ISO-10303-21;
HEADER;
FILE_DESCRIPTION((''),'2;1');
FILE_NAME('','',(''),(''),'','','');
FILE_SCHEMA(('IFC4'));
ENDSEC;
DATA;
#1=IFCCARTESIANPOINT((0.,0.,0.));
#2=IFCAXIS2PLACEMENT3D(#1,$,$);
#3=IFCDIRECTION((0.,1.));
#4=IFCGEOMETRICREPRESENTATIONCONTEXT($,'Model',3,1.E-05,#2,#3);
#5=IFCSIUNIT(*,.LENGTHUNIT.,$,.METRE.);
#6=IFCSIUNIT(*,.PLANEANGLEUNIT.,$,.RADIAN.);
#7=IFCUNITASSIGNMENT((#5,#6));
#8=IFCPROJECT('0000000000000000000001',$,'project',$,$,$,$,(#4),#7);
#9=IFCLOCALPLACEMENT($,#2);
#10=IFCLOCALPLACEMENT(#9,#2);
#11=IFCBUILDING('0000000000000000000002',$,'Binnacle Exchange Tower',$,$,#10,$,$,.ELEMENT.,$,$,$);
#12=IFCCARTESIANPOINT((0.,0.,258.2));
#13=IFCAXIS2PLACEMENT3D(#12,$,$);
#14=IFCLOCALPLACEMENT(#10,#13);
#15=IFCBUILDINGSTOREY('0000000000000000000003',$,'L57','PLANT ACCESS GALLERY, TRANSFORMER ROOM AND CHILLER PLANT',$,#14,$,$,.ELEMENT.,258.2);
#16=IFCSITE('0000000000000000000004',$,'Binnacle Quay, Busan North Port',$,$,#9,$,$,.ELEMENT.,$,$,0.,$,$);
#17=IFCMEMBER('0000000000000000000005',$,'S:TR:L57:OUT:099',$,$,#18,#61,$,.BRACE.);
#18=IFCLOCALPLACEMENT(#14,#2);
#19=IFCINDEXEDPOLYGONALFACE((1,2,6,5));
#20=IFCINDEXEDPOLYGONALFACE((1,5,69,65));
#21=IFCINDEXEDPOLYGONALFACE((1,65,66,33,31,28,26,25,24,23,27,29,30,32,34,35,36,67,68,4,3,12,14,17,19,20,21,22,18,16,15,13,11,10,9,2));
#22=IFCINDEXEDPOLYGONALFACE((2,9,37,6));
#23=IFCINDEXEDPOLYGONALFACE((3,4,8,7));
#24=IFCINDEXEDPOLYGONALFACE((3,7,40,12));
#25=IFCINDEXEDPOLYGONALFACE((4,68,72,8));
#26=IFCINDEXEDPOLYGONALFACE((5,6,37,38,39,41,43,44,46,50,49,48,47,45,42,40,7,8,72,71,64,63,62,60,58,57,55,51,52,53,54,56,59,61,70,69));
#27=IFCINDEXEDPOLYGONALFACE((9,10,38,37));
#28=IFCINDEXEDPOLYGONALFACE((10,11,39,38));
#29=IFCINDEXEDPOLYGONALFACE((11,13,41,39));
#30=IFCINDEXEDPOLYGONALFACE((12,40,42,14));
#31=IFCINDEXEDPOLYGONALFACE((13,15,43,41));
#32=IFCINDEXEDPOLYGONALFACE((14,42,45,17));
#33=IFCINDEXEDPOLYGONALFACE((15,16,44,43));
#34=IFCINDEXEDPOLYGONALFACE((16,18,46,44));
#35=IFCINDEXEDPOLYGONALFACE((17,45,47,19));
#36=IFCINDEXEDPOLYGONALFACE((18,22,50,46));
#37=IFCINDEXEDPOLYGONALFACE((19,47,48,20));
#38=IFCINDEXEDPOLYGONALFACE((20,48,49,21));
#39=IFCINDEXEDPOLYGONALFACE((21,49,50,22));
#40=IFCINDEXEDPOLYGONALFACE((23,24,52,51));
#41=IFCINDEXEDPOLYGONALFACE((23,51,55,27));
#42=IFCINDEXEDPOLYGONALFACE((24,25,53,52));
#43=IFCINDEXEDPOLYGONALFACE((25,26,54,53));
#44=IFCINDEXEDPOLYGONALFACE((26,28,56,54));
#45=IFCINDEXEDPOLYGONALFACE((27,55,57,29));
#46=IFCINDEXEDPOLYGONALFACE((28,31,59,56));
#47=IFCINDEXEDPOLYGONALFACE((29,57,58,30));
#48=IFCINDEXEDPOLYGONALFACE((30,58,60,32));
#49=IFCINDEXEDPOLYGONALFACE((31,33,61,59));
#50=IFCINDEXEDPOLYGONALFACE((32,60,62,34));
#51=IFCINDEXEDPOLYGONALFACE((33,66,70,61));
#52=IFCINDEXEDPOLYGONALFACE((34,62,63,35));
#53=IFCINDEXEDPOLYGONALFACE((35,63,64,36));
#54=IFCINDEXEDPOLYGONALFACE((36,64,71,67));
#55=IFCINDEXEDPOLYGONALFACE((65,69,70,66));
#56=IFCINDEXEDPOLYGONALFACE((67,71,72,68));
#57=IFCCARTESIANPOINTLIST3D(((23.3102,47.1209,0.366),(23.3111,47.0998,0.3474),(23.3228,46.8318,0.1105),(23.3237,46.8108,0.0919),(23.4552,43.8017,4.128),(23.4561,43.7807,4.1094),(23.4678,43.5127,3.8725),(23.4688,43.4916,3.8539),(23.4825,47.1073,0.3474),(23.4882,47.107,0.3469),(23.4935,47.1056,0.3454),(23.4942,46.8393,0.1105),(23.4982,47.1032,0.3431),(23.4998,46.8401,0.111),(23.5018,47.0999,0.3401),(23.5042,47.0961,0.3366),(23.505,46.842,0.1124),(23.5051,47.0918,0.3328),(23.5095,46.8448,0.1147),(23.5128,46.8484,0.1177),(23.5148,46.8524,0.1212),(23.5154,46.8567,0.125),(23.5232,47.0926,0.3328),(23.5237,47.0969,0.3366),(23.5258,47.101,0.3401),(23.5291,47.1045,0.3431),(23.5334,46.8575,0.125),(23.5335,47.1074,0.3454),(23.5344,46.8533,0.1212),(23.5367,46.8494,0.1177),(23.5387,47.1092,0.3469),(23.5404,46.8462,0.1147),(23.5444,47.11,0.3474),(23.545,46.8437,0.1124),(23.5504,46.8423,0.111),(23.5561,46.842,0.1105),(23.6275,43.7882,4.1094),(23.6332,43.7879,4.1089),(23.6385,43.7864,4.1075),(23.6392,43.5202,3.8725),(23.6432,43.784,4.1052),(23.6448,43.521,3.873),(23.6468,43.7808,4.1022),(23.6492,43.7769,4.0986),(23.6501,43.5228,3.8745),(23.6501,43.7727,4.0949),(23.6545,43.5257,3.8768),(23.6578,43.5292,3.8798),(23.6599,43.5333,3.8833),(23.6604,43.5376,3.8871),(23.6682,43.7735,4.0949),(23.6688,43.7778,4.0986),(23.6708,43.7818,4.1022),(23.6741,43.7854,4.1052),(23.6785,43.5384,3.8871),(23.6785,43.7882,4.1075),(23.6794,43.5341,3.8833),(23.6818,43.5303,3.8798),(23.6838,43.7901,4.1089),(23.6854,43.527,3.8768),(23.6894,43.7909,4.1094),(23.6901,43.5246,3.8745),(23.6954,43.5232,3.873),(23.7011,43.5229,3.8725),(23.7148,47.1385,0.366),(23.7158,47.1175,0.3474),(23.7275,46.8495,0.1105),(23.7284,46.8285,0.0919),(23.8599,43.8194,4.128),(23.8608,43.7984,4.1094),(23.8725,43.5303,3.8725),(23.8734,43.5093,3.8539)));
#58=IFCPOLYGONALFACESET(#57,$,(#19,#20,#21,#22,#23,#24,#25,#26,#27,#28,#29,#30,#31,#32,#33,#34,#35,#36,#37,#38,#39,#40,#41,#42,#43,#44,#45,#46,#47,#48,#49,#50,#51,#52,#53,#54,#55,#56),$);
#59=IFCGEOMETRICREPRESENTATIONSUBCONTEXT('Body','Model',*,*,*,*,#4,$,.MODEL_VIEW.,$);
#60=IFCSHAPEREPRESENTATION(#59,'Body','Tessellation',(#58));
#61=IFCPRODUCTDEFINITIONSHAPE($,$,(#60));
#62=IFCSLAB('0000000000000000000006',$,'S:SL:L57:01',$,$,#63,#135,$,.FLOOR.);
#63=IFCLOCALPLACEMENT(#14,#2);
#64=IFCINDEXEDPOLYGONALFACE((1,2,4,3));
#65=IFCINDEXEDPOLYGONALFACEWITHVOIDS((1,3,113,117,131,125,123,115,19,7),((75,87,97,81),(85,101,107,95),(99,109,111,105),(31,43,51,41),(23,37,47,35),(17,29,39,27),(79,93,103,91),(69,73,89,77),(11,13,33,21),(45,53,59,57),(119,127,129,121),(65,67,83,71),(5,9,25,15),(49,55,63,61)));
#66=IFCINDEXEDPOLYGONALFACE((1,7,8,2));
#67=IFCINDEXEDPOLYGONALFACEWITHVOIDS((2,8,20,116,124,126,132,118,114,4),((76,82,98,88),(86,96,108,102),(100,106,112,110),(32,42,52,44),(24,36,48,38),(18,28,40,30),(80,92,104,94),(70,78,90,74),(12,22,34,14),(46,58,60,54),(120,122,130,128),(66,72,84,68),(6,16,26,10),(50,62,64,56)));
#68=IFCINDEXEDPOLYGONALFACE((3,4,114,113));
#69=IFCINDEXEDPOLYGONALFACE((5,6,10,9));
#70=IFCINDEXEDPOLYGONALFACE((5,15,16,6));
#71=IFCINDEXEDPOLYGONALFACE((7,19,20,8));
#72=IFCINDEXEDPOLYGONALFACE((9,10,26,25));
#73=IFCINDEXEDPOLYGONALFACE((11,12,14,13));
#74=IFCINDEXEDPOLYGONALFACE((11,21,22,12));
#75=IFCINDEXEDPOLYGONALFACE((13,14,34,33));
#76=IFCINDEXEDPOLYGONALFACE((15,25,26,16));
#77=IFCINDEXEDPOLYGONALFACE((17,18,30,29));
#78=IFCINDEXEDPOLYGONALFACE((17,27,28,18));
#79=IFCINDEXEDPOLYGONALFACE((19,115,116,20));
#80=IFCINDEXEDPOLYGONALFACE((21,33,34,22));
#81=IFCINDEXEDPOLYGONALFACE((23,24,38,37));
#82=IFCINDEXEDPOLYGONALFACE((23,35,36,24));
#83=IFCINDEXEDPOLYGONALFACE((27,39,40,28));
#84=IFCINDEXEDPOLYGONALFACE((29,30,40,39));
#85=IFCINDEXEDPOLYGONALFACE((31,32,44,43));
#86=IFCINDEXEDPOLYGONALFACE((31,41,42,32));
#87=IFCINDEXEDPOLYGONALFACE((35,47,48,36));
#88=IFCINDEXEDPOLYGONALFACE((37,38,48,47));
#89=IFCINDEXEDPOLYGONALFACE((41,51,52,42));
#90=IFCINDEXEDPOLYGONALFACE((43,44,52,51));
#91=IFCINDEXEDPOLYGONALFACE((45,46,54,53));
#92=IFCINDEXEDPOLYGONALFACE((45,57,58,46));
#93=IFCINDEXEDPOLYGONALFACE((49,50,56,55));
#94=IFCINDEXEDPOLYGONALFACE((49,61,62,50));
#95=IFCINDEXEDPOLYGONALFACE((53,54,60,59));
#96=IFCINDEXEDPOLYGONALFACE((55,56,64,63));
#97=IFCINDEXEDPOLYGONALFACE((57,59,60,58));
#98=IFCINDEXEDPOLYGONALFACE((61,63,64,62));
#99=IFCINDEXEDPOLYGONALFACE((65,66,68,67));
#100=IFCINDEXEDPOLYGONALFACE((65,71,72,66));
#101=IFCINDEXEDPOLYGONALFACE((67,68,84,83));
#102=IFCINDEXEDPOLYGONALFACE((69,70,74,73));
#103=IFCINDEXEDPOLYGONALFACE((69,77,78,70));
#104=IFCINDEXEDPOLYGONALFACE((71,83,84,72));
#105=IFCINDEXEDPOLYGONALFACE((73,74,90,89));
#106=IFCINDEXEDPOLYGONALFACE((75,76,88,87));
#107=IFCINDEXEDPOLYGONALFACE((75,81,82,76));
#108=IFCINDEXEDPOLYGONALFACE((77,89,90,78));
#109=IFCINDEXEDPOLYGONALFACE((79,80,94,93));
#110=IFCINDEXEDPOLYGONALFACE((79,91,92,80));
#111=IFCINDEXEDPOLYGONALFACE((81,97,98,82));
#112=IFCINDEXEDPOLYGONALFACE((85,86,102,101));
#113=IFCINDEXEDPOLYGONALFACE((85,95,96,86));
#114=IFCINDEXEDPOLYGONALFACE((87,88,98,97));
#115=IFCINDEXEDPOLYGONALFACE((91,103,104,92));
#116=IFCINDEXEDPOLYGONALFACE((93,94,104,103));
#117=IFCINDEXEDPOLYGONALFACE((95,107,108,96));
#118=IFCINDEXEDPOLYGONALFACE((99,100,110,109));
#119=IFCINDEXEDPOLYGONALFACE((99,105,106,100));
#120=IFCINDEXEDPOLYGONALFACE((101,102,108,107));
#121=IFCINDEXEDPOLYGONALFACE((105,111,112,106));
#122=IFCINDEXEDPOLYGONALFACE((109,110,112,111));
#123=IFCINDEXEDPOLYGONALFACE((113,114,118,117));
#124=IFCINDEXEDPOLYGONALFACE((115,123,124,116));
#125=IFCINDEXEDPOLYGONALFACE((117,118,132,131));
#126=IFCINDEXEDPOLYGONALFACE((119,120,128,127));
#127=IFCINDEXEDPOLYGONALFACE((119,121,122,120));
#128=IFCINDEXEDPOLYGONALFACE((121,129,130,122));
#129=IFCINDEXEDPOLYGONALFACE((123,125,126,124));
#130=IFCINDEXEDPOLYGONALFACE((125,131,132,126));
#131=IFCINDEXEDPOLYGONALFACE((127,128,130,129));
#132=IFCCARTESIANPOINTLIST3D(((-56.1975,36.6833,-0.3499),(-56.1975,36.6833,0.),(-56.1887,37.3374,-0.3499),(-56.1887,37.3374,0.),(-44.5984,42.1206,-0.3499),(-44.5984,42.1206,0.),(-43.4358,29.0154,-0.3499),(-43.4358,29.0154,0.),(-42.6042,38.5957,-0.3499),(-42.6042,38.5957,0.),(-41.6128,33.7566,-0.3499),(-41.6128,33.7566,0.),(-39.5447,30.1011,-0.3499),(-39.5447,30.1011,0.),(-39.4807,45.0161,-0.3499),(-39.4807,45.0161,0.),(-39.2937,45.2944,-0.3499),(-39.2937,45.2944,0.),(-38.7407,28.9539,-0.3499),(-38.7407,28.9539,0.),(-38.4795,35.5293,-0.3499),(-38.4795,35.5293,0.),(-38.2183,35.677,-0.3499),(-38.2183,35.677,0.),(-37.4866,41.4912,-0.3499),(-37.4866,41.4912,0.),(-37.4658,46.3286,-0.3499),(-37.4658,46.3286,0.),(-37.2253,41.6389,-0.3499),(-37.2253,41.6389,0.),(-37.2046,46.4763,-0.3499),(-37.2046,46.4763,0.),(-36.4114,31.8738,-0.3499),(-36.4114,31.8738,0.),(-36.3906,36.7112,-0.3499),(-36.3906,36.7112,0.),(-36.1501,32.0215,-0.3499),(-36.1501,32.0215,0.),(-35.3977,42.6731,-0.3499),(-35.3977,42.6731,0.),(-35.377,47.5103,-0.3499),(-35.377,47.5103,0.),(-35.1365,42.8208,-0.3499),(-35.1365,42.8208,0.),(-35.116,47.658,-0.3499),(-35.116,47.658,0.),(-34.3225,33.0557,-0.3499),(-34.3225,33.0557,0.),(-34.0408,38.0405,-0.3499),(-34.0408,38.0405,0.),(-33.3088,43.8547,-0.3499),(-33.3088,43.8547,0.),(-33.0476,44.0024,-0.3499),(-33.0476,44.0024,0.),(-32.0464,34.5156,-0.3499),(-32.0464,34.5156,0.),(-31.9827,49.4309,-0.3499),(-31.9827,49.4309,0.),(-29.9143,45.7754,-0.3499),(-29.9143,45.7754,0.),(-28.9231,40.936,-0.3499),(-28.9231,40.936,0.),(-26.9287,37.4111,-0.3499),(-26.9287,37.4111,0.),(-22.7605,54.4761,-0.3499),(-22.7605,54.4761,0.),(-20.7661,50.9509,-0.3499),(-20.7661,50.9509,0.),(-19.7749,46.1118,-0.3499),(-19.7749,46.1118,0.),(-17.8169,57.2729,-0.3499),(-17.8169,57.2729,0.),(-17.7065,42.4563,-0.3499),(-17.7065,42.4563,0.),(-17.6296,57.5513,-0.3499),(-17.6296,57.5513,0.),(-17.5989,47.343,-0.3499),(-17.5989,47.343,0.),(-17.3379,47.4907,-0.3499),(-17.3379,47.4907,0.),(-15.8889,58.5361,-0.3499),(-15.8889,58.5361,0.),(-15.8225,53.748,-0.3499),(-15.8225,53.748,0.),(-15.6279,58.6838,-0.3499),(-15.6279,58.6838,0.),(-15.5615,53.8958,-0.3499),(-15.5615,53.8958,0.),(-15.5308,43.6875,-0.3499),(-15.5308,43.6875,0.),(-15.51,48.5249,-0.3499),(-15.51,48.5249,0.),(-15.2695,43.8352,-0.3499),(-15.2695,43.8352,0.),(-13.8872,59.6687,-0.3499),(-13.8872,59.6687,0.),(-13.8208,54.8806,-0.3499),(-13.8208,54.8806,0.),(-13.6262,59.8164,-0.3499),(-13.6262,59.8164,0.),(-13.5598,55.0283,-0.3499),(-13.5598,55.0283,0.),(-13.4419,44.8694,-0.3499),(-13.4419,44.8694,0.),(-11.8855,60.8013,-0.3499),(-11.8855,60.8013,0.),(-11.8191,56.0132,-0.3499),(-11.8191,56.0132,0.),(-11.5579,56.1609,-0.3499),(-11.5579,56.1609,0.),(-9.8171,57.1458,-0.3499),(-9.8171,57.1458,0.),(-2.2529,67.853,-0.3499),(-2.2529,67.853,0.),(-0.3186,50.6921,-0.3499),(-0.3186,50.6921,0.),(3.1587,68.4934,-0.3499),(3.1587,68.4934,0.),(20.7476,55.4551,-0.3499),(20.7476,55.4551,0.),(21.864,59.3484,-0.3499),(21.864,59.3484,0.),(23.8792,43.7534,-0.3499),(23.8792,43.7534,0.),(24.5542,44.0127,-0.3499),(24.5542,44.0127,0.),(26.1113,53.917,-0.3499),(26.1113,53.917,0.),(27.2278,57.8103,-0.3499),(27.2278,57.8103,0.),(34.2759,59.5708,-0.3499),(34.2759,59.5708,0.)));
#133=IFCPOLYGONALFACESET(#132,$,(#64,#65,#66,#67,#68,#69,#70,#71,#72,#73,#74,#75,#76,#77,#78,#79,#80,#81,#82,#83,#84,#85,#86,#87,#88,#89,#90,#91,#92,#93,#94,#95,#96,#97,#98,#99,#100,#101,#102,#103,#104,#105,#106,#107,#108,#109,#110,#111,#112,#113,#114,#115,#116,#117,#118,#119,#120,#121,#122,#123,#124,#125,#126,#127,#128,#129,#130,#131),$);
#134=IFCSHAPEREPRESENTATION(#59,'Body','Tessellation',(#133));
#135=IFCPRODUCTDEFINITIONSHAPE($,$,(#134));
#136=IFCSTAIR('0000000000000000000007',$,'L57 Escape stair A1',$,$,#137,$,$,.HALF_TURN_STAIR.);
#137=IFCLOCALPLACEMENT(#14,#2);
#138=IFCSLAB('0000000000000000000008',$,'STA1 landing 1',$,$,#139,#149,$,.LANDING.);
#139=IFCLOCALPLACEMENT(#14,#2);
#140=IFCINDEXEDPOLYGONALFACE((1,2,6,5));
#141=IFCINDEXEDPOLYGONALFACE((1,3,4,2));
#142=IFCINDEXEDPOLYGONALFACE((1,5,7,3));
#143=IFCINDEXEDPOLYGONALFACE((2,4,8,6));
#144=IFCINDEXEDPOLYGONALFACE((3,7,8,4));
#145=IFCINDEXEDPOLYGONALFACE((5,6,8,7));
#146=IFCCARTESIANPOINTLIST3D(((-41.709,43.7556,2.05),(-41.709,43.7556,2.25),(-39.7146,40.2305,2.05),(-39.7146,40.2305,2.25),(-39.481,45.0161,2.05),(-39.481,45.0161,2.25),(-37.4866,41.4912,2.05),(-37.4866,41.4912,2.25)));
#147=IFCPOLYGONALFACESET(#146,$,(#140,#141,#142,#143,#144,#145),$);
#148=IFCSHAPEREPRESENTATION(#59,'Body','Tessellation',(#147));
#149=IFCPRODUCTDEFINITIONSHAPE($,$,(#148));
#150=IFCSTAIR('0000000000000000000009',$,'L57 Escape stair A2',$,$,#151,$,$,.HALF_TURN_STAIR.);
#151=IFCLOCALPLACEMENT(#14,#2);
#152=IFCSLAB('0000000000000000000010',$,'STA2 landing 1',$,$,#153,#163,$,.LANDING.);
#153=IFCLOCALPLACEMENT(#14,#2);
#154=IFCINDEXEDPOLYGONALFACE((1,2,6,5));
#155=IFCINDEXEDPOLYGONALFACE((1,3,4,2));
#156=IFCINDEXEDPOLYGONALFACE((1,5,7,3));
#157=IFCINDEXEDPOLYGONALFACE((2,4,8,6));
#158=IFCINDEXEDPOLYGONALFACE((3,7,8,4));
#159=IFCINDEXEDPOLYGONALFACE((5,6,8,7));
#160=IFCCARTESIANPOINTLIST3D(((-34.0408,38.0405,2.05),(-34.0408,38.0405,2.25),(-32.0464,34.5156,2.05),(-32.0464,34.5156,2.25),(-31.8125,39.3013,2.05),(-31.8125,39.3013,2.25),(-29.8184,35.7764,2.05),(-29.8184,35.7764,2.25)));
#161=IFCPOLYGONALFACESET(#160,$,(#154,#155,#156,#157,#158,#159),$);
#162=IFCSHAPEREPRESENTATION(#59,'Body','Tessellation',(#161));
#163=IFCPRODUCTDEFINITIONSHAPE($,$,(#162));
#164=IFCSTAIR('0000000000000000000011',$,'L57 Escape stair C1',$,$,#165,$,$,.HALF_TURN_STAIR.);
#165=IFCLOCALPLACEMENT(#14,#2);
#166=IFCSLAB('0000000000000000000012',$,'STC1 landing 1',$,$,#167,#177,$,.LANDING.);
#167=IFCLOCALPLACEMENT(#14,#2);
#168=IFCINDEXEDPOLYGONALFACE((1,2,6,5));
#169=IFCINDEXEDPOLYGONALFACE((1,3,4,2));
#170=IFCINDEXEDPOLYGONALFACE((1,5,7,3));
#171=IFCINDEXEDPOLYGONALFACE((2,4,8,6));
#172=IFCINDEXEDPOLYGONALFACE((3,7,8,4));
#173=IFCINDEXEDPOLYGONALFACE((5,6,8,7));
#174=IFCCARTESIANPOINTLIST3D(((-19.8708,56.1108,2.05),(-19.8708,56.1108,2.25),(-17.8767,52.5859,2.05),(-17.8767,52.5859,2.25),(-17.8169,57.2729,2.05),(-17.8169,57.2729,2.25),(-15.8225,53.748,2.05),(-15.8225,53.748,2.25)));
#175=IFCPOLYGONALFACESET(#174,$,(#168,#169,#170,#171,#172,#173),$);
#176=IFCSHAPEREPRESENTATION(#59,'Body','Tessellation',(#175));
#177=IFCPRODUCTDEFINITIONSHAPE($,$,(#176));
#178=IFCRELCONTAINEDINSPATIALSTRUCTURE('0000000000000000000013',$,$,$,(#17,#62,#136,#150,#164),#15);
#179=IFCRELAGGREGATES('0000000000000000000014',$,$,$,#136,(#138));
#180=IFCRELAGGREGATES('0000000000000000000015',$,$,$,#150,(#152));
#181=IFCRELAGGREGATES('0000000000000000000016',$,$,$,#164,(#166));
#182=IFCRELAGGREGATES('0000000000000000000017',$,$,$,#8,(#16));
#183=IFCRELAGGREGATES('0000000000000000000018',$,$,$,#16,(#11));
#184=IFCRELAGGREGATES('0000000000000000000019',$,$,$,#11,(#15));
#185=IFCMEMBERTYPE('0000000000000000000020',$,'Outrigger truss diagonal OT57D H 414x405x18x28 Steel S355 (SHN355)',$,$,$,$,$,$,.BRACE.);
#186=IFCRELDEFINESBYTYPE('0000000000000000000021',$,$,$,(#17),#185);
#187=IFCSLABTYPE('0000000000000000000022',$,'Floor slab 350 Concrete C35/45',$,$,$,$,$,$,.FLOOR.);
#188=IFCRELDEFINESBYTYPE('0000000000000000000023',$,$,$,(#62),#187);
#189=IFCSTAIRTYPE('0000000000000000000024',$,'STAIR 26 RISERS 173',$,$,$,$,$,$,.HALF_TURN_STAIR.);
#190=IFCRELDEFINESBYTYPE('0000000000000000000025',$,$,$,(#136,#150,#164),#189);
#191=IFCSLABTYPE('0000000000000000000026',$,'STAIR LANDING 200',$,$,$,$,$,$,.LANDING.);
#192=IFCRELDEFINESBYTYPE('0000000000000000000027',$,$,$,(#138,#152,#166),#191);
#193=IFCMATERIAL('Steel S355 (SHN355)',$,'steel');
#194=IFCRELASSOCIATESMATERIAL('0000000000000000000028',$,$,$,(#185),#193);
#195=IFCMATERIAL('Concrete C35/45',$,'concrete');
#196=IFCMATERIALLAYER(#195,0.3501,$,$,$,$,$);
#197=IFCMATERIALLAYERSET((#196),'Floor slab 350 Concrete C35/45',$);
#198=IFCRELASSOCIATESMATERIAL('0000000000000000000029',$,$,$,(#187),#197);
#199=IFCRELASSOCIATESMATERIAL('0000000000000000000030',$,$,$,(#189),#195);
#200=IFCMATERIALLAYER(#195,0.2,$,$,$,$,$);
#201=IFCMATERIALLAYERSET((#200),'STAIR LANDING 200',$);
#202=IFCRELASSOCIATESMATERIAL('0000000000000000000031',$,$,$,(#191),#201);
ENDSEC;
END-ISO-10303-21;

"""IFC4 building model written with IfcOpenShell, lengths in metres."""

from ifc_helpers import new_model, si_unit, direction, frame, origin, origin_2d, place, context, subcontext, project, spatial, polyline, i_section, outline, extrude, material, layer, layer_set, material_profile, profile_set, type_object, element, aggregate, save


model = new_model("IFC4")

# Units and contexts
model_context = context("Model", 3, precision=1e-05, world=origin(), true_north=direction((0.0, 1.0)))
body_context = subcontext(model_context, "Body", "Model", "MODEL_VIEW")
ifc_project = project(units=[si_unit("LENGTHUNIT", "METRE"), si_unit("PLANEANGLEUNIT", "RADIAN")], contexts=[model_context])

# Site, building, storey
site_placement = place(None, origin())
site = spatial("IfcSite", under=ifc_project, at=site_placement, Name="Binnacle Quay, Busan North Port", CompositionType="ELEMENT", RefElevation=0.0)
building_placement = place(site_placement, origin())
building = spatial("IfcBuilding", under=site, at=building_placement, Name="Binnacle Exchange Tower", CompositionType="ELEMENT")
storey_placement = place(building_placement, frame((0.0, 0.0, 258.2)))
storey = spatial("IfcBuildingStorey", under=building, at=storey_placement, Name="L57", Description="PLANT ACCESS GALLERY, TRANSFORMER ROOM AND CHILLER PLANT", CompositionType="ELEMENT", Elevation=258.2)

# Shared definitions
ifc_material_1 = material(Name="Steel S355 (SHN355)", Category="steel")

# Member
ifc_material_profile_1 = material_profile(ifc_material_1, i_section(OverallWidth=0.405, OverallDepth=0.4141, WebThickness=0.0181, FlangeThickness=0.0281, FilletRadius=0.022, at=origin_2d()), Name="H 414x405x18x28")
ifc_profile_set_1 = profile_set([ifc_material_profile_1], Name="Steel S355 (SHN355)")
member_type_1 = type_object("IfcMemberType", Name="Outrigger truss diagonal OT57D H 414x405x18x28 Steel S355 (SHN355)", PredefinedType="BRACE", material=ifc_profile_set_1)
member_1_placement = place(storey_placement, frame((23.6643, 43.6555, 3.991), z_axis=(-0.028894, 0.661313, -0.749553), x_axis=(-0.999047, -0.043651, 0.0)))
element("IfcMember", 1, at=member_1_placement, inside=storey, type_object=member_type_1, Name="S:TR:L57:OUT:099", PredefinedType="BRACE", context=body_context, shape_type="SweptSolid", body=[
    extrude(i_section(OverallWidth=0.405, OverallDepth=0.4141, WebThickness=0.0181, FlangeThickness=0.0281, FilletRadius=0.022, at=origin_2d()), origin(), (0.0, 0.0, 1.0), 5.019),
])

# Slab
ifc_material_2 = material(Name="Concrete C35/45", Category="concrete")
ifc_layer_1 = layer(ifc_material_2, 0.3501)
ifc_layer_set_1 = layer_set([ifc_layer_1], Name="Floor slab 350 Concrete C35/45")
slab_type_1 = type_object("IfcSlabType", Name="Floor slab 350 Concrete C35/45", PredefinedType="FLOOR", material=ifc_layer_set_1)
slab_1_placement = place(storey_placement, frame((0.0, 0.0, -0.3499)))
element("IfcSlab", 2, at=slab_1_placement, inside=storey, type_object=slab_type_1, Name="S:SL:L57:01", PredefinedType="FLOOR", context=body_context, shape_type="SweptSolid", body=[
    extrude(outline(polyline([(-56.1975, 36.6833), (-56.1887, 37.3374), (-2.2529, 67.853), (3.1587, 68.4934), (34.2759, 59.5708), (24.5542, 44.0127), (23.8792, 43.7534), (-0.3186, 50.6921), (-38.7407, 28.9539), (-43.4358, 29.0154), (-56.1975, 36.6833)]), holes=[polyline([(-38.4795, 35.5293), (-41.6128, 33.7566), (-39.5447, 30.1011), (-36.4114, 31.8738), (-38.4795, 35.5293)]), polyline([(-34.3225, 33.0557), (-36.3906, 36.7112), (-38.2183, 35.677), (-36.1501, 32.0215), (-34.3225, 33.0557)]), polyline([(-34.0408, 38.0405), (-32.0464, 34.5156), (-26.9287, 37.4111), (-28.9231, 40.936), (-34.0408, 38.0405)]), polyline([(-37.4866, 41.4912), (-39.4807, 45.0161), (-44.5984, 42.1206), (-42.6042, 38.5957), (-37.4866, 41.4912)]), polyline([(-35.3977, 42.6731), (-37.4658, 46.3286), (-39.2937, 45.2944), (-37.2253, 41.6389), (-35.3977, 42.6731)]), polyline([(-33.3088, 43.8547), (-35.377, 47.5103), (-37.2046, 46.4763), (-35.1365, 42.8208), (-33.3088, 43.8547)]), polyline([(-29.9143, 45.7754), (-31.9827, 49.4309), (-35.116, 47.658), (-33.0476, 44.0024), (-29.9143, 45.7754)]), polyline([(-17.5989, 47.343), (-19.7749, 46.1118), (-17.7065, 42.4563), (-15.5308, 43.6875), (-17.5989, 47.343)]), polyline([(-13.4419, 44.8694), (-15.51, 48.5249), (-17.3379, 47.4907), (-15.2695, 43.8352), (-13.4419, 44.8694)]), polyline([(-15.8225, 53.748), (-17.8169, 57.2729), (-22.7605, 54.4761), (-20.7661, 50.9509), (-15.8225, 53.748)]), polyline([(-13.8208, 54.8806), (-15.8889, 58.5361), (-17.6296, 57.5513), (-15.5615, 53.8958), (-13.8208, 54.8806)]), polyline([(26.1113, 53.917), (27.2278, 57.8103), (21.864, 59.3484), (20.7476, 55.4551), (26.1113, 53.917)]), polyline([(-11.8191, 56.0132), (-13.8872, 59.6687), (-15.6279, 58.6838), (-13.5598, 55.0283), (-11.8191, 56.0132)]), polyline([(-9.8171, 57.1458), (-11.8855, 60.8013), (-13.6262, 59.8164), (-11.5579, 56.1609), (-9.8171, 57.1458)])]), origin(), (0.0, 0.0, 1.0), 0.3499),
])

# Stairs, slabs
stair_type = type_object("IfcStairType", Name="STAIR 26 RISERS 173", PredefinedType="HALF_TURN_STAIR", material=ifc_material_2)
stair_1_placement = place(storey_placement, origin())
stair_1 = element("IfcStair", 3, at=stair_1_placement, inside=storey, type_object=stair_type, Name="L57 Escape stair A1", PredefinedType="HALF_TURN_STAIR")
ifc_layer_2 = layer(ifc_material_2, 0.2)
ifc_layer_set_2 = layer_set([ifc_layer_2], Name="STAIR LANDING 200")
slab_type_2 = type_object("IfcSlabType", Name="STAIR LANDING 200", PredefinedType="LANDING", material=ifc_layer_set_2)
slab_2_placement = place(storey_placement, frame((0.0, 0.0, 2.05)))
slab_2 = element("IfcSlab", 4, at=slab_2_placement, type_object=slab_type_2, Name="STA1 landing 1", PredefinedType="LANDING", context=body_context, shape_type="SweptSolid", body=[
    extrude(outline(polyline([(-39.7146, 40.2305), (-37.4866, 41.4912), (-39.481, 45.0161), (-41.709, 43.7556), (-39.7146, 40.2305)])), origin(), (0.0, 0.0, 1.0), 0.2),
])
aggregate(stair_1, [slab_2])
stair_2_placement = place(storey_placement, origin())
stair_2 = element("IfcStair", 5, at=stair_2_placement, inside=storey, type_object=stair_type, Name="L57 Escape stair A2", PredefinedType="HALF_TURN_STAIR")
slab_3_placement = place(storey_placement, frame((0.0, 0.0, 2.05)))
slab_3 = element("IfcSlab", 6, at=slab_3_placement, type_object=slab_type_2, Name="STA2 landing 1", PredefinedType="LANDING", context=body_context, shape_type="SweptSolid", body=[
    extrude(outline(polyline([(-31.8125, 39.3013), (-34.0408, 38.0405), (-32.0464, 34.5156), (-29.8184, 35.7764), (-31.8125, 39.3013)])), origin(), (0.0, 0.0, 1.0), 0.2),
])
aggregate(stair_2, [slab_3])
stair_3_placement = place(storey_placement, origin())
stair_3 = element("IfcStair", 7, at=stair_3_placement, inside=storey, type_object=stair_type, Name="L57 Escape stair C1", PredefinedType="HALF_TURN_STAIR")
slab_4_placement = place(storey_placement, frame((0.0, 0.0, 2.05)))
slab_4 = element("IfcSlab", 8, at=slab_4_placement, type_object=slab_type_2, Name="STC1 landing 1", PredefinedType="LANDING", context=body_context, shape_type="SweptSolid", body=[
    extrude(outline(polyline([(-17.8767, 52.5859), (-15.8225, 53.748), (-17.8169, 57.2729), (-19.8708, 56.1108), (-17.8767, 52.5859)])), origin(), (0.0, 0.0, 1.0), 0.2),
])
aggregate(stair_3, [slab_4])

save(model, "model.ifc")
